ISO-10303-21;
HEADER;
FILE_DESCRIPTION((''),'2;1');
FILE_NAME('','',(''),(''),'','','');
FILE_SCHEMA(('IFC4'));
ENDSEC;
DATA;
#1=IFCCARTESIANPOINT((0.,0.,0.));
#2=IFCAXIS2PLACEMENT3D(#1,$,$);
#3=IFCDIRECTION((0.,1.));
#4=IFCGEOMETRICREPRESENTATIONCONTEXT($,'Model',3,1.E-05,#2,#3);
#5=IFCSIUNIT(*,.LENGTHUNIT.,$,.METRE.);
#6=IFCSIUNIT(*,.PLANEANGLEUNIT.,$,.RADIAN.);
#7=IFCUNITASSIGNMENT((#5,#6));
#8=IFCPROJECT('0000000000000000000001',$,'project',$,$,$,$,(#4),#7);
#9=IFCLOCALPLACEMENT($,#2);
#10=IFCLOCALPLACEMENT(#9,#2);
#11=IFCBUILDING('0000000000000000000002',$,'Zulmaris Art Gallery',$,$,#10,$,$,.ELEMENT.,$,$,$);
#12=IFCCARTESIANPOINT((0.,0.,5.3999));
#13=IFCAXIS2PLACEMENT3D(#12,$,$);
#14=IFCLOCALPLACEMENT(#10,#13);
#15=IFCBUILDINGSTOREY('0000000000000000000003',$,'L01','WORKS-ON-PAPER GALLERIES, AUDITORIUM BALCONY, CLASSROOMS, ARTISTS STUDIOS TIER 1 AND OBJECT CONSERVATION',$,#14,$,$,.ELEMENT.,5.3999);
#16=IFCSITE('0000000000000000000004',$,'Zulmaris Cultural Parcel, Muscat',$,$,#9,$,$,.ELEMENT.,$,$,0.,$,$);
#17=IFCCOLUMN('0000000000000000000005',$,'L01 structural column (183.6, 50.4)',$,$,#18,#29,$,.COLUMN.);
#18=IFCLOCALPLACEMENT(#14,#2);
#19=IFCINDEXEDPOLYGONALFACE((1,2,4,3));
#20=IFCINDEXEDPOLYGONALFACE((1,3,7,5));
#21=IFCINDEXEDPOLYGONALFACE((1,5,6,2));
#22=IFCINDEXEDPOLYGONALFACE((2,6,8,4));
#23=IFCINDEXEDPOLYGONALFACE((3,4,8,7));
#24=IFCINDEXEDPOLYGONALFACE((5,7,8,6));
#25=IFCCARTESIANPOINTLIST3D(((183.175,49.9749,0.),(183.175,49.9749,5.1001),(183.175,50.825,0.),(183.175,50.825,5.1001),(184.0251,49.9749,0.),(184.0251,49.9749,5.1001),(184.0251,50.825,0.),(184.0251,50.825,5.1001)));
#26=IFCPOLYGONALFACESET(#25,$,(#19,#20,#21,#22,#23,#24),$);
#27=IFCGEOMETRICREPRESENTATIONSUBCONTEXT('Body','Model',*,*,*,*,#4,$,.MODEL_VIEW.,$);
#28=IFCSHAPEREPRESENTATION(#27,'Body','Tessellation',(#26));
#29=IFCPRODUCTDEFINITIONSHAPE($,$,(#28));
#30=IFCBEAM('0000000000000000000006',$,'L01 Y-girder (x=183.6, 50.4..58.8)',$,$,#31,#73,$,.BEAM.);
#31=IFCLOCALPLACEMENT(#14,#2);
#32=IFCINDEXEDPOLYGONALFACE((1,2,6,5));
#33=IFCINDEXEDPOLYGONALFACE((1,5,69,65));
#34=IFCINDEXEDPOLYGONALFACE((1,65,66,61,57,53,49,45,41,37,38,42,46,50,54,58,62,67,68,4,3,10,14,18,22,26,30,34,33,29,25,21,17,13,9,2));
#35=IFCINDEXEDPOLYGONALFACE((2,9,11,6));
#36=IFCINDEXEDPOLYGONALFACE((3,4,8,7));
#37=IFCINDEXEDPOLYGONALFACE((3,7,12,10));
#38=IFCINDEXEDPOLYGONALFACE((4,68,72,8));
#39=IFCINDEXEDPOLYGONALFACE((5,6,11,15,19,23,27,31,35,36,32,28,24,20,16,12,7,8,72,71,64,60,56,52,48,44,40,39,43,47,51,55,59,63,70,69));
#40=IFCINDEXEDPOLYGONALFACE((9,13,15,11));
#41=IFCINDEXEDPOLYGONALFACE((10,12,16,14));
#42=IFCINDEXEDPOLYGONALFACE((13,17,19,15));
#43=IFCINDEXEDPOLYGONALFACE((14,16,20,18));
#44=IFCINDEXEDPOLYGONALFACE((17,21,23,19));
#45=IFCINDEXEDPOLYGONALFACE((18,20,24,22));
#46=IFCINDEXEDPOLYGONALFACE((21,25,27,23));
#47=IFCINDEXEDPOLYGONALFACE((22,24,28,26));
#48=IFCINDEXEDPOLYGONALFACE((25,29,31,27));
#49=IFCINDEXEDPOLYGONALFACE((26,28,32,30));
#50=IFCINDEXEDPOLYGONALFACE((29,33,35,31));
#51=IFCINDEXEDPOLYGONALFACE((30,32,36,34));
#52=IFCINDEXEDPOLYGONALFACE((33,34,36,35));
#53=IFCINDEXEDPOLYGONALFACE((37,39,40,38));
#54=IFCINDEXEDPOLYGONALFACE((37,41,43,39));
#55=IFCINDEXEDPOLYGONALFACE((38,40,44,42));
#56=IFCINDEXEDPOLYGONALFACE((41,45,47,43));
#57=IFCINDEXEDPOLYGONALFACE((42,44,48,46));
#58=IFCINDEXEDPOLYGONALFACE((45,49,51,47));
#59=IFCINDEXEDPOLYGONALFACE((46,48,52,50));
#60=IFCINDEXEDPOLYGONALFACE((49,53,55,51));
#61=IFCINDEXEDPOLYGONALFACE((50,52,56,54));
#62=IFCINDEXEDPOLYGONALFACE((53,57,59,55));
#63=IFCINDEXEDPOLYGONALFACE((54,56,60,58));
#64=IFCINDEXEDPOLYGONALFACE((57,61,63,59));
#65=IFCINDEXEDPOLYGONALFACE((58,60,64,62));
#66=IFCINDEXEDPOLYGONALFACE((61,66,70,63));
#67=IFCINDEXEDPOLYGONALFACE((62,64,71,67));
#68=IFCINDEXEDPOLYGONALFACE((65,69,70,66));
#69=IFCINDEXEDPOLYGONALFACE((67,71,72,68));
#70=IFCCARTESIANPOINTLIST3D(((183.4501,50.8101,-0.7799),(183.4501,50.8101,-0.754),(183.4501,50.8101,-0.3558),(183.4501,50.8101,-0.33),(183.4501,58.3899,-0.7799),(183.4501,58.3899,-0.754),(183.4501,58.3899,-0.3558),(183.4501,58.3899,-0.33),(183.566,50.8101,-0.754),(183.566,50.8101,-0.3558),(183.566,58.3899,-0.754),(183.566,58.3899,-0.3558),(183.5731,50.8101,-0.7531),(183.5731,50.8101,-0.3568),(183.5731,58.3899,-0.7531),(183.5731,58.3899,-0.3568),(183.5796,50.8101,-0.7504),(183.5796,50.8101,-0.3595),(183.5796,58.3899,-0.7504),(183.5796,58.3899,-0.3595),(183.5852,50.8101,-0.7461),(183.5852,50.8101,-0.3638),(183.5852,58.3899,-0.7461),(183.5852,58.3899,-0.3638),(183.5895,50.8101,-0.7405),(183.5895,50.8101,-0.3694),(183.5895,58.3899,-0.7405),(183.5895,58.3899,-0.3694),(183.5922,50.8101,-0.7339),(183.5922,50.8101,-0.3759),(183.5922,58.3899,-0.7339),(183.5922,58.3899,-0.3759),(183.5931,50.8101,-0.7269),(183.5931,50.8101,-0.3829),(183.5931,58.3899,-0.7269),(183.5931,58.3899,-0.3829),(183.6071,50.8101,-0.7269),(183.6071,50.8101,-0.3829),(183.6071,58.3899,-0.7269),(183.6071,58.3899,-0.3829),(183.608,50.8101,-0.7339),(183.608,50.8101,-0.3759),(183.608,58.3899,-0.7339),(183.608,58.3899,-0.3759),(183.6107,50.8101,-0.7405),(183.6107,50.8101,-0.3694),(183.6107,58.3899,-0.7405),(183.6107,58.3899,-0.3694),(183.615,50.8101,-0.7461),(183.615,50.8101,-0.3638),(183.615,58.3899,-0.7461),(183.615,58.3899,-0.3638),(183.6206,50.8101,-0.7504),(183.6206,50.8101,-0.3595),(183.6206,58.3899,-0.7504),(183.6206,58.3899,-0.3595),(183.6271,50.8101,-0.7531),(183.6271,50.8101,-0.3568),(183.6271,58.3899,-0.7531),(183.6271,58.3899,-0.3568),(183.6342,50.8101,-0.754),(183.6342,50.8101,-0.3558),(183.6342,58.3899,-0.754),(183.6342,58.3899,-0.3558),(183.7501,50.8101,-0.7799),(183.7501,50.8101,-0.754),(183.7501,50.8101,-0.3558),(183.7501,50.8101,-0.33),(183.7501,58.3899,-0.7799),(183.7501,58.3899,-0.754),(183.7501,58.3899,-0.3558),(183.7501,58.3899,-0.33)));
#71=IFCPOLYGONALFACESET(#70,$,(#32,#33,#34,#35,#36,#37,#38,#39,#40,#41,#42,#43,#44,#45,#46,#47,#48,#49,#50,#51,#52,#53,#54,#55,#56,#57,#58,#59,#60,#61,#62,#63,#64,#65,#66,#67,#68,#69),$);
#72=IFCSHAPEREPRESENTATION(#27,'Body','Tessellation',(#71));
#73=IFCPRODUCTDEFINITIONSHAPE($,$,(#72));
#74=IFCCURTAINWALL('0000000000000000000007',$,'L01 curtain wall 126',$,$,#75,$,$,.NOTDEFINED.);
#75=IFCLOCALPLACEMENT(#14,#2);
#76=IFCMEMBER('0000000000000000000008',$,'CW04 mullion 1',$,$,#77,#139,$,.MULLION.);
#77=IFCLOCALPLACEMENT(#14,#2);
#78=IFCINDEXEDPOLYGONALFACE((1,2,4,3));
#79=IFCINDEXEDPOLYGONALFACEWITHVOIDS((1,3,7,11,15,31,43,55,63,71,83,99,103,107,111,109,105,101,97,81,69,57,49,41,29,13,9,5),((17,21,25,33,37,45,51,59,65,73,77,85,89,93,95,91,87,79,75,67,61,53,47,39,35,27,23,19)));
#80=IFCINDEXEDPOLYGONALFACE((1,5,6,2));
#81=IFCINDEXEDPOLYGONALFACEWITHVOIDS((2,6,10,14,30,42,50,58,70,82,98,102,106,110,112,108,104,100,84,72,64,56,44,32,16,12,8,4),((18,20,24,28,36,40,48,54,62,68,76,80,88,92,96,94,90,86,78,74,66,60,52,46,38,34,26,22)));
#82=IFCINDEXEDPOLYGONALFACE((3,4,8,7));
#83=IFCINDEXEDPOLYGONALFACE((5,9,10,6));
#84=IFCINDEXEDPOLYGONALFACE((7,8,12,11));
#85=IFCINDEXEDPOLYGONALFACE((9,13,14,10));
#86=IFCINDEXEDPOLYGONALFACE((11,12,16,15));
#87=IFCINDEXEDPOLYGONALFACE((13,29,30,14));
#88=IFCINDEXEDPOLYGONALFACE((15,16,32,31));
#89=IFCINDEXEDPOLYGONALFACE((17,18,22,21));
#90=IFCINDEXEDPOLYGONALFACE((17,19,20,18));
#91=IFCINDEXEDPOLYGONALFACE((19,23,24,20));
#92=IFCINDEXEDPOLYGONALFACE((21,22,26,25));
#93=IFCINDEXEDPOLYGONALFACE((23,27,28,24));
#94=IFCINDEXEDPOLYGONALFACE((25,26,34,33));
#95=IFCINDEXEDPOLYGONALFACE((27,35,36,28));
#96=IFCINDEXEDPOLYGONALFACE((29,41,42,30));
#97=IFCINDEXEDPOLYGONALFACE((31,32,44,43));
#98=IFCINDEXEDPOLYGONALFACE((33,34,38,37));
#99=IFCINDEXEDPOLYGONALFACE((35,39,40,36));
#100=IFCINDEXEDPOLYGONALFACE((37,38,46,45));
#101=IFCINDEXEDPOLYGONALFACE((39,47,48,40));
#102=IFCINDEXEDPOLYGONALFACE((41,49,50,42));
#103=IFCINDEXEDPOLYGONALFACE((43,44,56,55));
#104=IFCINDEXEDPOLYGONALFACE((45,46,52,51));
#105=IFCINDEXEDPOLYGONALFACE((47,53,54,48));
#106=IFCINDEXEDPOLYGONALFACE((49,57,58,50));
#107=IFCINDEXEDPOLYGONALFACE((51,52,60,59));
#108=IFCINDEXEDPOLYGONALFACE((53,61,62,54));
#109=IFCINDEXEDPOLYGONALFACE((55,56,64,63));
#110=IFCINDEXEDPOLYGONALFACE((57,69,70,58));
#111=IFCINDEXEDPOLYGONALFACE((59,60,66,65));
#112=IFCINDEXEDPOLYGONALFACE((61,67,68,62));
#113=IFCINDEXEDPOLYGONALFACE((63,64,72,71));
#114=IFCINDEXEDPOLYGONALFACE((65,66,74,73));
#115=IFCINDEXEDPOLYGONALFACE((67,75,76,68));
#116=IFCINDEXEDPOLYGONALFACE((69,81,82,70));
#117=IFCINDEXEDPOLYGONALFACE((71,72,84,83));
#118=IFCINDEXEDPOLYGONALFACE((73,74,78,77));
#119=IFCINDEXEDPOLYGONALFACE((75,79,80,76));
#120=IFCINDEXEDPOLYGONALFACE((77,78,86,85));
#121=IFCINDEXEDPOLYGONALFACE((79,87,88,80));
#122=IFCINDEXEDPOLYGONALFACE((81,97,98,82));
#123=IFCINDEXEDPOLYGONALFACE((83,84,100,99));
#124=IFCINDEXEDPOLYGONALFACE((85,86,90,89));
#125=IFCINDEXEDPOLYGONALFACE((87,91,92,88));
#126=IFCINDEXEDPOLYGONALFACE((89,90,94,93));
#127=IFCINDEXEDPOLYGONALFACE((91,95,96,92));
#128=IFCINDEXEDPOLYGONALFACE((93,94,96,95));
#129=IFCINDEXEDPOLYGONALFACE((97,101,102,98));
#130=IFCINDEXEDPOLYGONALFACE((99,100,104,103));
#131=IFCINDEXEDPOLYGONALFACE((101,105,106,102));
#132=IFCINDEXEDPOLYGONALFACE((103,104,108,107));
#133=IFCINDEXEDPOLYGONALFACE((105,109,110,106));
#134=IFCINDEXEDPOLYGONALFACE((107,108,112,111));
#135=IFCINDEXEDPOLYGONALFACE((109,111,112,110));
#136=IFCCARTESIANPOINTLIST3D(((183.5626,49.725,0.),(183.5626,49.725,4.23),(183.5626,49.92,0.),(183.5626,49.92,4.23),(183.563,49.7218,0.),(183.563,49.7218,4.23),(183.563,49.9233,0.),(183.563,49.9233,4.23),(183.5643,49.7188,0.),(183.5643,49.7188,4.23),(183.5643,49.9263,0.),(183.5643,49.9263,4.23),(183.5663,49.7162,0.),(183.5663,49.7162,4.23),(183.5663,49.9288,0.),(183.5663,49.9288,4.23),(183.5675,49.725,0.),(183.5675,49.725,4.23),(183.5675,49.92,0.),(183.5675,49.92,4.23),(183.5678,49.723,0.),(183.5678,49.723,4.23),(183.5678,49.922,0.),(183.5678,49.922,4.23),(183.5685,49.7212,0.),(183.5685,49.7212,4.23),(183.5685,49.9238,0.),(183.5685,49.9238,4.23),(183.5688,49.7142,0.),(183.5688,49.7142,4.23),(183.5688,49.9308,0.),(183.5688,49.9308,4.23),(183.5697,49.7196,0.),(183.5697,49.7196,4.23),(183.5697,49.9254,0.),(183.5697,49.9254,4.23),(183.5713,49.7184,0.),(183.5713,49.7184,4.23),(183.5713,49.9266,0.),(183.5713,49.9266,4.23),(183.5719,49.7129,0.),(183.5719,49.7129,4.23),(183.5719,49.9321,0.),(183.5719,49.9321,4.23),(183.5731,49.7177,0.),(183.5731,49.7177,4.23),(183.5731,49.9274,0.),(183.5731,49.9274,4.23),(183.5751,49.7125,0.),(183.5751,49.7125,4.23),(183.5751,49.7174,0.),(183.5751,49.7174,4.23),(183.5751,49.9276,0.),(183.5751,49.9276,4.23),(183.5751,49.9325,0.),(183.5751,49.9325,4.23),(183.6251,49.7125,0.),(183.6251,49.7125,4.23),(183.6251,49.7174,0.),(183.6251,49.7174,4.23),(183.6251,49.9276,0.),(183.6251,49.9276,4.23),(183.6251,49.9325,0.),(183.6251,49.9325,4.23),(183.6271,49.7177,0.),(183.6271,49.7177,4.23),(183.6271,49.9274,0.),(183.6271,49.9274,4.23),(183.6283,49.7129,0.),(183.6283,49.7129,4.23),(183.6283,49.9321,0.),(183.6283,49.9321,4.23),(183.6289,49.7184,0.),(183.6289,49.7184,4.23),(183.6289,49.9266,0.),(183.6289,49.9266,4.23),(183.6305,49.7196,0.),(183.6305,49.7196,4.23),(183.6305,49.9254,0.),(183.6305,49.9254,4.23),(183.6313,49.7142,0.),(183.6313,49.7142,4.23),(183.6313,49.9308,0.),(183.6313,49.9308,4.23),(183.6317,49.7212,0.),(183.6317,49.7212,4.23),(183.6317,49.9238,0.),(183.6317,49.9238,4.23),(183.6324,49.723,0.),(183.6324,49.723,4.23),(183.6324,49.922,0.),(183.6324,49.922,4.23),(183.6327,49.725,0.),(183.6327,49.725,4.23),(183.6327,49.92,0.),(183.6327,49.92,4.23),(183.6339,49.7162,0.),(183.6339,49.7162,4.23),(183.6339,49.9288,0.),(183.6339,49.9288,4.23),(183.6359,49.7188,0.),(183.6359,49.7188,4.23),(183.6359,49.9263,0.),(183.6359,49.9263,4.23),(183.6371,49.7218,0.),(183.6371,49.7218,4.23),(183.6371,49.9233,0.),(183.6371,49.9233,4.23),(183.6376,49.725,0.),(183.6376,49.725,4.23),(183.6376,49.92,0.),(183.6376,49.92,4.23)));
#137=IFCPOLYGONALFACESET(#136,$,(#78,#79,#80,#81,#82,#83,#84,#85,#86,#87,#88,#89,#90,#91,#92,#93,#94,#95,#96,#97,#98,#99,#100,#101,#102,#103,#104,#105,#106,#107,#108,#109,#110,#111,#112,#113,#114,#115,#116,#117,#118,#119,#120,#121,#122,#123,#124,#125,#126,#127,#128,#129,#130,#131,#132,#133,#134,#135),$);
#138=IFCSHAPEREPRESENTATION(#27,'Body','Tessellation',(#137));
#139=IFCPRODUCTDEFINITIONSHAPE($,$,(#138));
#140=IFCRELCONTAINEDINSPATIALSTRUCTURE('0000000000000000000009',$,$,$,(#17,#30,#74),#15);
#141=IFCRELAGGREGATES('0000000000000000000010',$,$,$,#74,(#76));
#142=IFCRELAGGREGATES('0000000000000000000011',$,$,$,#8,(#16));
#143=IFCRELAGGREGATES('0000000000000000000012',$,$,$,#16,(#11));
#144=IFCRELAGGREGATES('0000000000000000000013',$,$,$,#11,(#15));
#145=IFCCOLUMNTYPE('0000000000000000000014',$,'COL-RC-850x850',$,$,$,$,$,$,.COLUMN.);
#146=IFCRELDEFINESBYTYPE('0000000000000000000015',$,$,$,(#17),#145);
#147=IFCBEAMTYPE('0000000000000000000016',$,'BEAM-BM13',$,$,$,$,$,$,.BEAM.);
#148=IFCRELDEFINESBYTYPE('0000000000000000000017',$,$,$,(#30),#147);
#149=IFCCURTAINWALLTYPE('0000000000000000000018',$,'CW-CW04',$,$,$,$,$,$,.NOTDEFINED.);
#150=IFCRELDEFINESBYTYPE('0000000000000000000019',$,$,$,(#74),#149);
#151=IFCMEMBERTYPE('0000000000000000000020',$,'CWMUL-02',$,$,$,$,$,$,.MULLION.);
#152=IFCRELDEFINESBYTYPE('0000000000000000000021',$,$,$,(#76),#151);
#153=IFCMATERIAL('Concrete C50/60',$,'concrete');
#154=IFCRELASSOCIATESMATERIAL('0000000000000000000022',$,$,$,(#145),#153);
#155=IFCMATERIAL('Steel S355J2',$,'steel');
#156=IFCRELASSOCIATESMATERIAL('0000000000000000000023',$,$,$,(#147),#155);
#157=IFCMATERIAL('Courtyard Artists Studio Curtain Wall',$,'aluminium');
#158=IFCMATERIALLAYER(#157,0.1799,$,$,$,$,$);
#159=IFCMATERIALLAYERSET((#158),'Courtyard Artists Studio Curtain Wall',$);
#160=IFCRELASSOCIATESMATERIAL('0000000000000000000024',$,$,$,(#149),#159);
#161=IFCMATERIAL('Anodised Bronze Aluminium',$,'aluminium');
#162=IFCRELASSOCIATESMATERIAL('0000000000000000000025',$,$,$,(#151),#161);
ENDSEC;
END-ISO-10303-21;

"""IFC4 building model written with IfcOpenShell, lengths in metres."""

from ifc_helpers import new_model, si_unit, direction, frame, origin, origin_2d, place, context, subcontext, project, spatial, rectangle, hollow_rectangle, i_section, extrude, material, layer, layer_set, material_profile, profile_set, type_object, element, aggregate, save


model = new_model("IFC4")

# Units and contexts
model_context = context("Model", 3, precision=1e-05, world=origin(), true_north=direction((0.0, 1.0)))
body_context = subcontext(model_context, "Body", "Model", "MODEL_VIEW")
ifc_project = project(units=[si_unit("LENGTHUNIT", "METRE"), si_unit("PLANEANGLEUNIT", "RADIAN")], contexts=[model_context])

# Site, building, storey
site_placement = place(None, origin())
site = spatial("IfcSite", under=ifc_project, at=site_placement, Name="Zulmaris Cultural Parcel, Muscat", CompositionType="ELEMENT", RefElevation=0.0)
building_placement = place(site_placement, origin())
building = spatial("IfcBuilding", under=site, at=building_placement, Name="Zulmaris Art Gallery", CompositionType="ELEMENT")
storey_placement = place(building_placement, frame((0.0, 0.0, 5.3999)))
storey = spatial("IfcBuildingStorey", under=building, at=storey_placement, Name="L01", Description="WORKS-ON-PAPER GALLERIES, AUDITORIUM BALCONY, CLASSROOMS, ARTISTS STUDIOS TIER 1 AND OBJECT CONSERVATION", CompositionType="ELEMENT", Elevation=5.3999)

# Column
ifc_material_1 = material(Name="Concrete C50/60", Category="concrete")
ifc_material_profile_1 = material_profile(ifc_material_1, rectangle(XDim=0.8501, YDim=0.8501, at=origin_2d()), Name="RC 850x850")
ifc_profile_set_1 = profile_set([ifc_material_profile_1], Name="Concrete C50/60")
column_type = type_object("IfcColumnType", Name="COL-RC-850x850", PredefinedType="COLUMN", material=ifc_profile_set_1)
column_placement = place(storey_placement, frame((183.6001, 50.3999, 0.0), z_axis=(0.0, 0.0, 1.0), x_axis=(1.0, 0.0, 0.0)))
element("IfcColumn", 1, at=column_placement, inside=storey, type_object=column_type, Name="L01 structural column (183.6, 50.4)", PredefinedType="COLUMN", context=body_context, shape_type="SweptSolid", body=[
    extrude(rectangle(XDim=0.8501, YDim=0.8501, at=origin_2d()), origin(), (0.0, 0.0, 1.0), 5.1001),
])

# Beam
ifc_material_2 = material(Name="Steel S355J2", Category="steel")
ifc_material_profile_2 = material_profile(ifc_material_2, i_section(OverallWidth=0.3, OverallDepth=0.45, WebThickness=0.0139, FlangeThickness=0.0259, FilletRadius=0.0271, at=origin_2d()), Name="HEB 450")
ifc_profile_set_2 = profile_set([ifc_material_profile_2], Name="Steel S355J2")
beam_type = type_object("IfcBeamType", Name="BEAM-BM13", PredefinedType="BEAM", material=ifc_profile_set_2)
beam_placement = place(storey_placement, frame((183.6001, 50.8101, -0.5549), z_axis=(0.0, 1.0, 0.0), x_axis=(-1.0, 0.0, 0.0)))
element("IfcBeam", 2, at=beam_placement, inside=storey, type_object=beam_type, Name="L01 Y-girder (x=183.6, 50.4..58.8)", PredefinedType="BEAM", context=body_context, shape_type="SweptSolid", body=[
    extrude(i_section(OverallWidth=0.3, OverallDepth=0.45, WebThickness=0.0139, FlangeThickness=0.0259, FilletRadius=0.0271, at=origin_2d()), origin(), (0.0, 0.0, 1.0), 7.5798),
])

# Curtain wall, member
ifc_material_3 = material(Name="Courtyard Artists Studio Curtain Wall", Category="aluminium")
ifc_layer_1 = layer(ifc_material_3, 0.1799)
ifc_layer_set_1 = layer_set([ifc_layer_1], Name="Courtyard Artists Studio Curtain Wall")
curtain_wall_type = type_object("IfcCurtainWallType", Name="CW-CW04", PredefinedType="NOTDEFINED", material=ifc_layer_set_1)
curtain_wall_1_placement = place(storey_placement, origin())
curtain_wall_1 = element("IfcCurtainWall", 3, at=curtain_wall_1_placement, inside=storey, type_object=curtain_wall_type, Name="L01 curtain wall 126", PredefinedType="NOTDEFINED")
ifc_material_4 = material(Name="Anodised Bronze Aluminium", Category="aluminium")
ifc_material_profile_3 = material_profile(ifc_material_4, hollow_rectangle(XDim=0.075, YDim=0.22, WallThickness=0.0049, InnerFilletRadius=0.0076, OuterFilletRadius=0.0125, at=origin_2d()), Name="ALU 75x220x5")
ifc_profile_set_3 = profile_set([ifc_material_profile_3], Name="Anodised Bronze Aluminium")
member_type_1 = type_object("IfcMemberType", Name="CWMUL-02", PredefinedType="MULLION", material=ifc_profile_set_3)
member_1_placement = place(storey_placement, frame((183.6001, 49.8225, 0.0), z_axis=(0.0, 0.0, 1.0), x_axis=(1.0, 0.0, 0.0)))
member_1 = element("IfcMember", 4, at=member_1_placement, type_object=member_type_1, Name="CW04 mullion 1", PredefinedType="MULLION", context=body_context, shape_type="SweptSolid", body=[
    extrude(hollow_rectangle(XDim=0.075, YDim=0.22, WallThickness=0.0049, InnerFilletRadius=0.0076, OuterFilletRadius=0.0125, at=origin_2d()), origin(), (0.0, 0.0, 1.0), 4.23),
])

aggregate(curtain_wall_1, [member_1])

save(model, "model.ifc")
